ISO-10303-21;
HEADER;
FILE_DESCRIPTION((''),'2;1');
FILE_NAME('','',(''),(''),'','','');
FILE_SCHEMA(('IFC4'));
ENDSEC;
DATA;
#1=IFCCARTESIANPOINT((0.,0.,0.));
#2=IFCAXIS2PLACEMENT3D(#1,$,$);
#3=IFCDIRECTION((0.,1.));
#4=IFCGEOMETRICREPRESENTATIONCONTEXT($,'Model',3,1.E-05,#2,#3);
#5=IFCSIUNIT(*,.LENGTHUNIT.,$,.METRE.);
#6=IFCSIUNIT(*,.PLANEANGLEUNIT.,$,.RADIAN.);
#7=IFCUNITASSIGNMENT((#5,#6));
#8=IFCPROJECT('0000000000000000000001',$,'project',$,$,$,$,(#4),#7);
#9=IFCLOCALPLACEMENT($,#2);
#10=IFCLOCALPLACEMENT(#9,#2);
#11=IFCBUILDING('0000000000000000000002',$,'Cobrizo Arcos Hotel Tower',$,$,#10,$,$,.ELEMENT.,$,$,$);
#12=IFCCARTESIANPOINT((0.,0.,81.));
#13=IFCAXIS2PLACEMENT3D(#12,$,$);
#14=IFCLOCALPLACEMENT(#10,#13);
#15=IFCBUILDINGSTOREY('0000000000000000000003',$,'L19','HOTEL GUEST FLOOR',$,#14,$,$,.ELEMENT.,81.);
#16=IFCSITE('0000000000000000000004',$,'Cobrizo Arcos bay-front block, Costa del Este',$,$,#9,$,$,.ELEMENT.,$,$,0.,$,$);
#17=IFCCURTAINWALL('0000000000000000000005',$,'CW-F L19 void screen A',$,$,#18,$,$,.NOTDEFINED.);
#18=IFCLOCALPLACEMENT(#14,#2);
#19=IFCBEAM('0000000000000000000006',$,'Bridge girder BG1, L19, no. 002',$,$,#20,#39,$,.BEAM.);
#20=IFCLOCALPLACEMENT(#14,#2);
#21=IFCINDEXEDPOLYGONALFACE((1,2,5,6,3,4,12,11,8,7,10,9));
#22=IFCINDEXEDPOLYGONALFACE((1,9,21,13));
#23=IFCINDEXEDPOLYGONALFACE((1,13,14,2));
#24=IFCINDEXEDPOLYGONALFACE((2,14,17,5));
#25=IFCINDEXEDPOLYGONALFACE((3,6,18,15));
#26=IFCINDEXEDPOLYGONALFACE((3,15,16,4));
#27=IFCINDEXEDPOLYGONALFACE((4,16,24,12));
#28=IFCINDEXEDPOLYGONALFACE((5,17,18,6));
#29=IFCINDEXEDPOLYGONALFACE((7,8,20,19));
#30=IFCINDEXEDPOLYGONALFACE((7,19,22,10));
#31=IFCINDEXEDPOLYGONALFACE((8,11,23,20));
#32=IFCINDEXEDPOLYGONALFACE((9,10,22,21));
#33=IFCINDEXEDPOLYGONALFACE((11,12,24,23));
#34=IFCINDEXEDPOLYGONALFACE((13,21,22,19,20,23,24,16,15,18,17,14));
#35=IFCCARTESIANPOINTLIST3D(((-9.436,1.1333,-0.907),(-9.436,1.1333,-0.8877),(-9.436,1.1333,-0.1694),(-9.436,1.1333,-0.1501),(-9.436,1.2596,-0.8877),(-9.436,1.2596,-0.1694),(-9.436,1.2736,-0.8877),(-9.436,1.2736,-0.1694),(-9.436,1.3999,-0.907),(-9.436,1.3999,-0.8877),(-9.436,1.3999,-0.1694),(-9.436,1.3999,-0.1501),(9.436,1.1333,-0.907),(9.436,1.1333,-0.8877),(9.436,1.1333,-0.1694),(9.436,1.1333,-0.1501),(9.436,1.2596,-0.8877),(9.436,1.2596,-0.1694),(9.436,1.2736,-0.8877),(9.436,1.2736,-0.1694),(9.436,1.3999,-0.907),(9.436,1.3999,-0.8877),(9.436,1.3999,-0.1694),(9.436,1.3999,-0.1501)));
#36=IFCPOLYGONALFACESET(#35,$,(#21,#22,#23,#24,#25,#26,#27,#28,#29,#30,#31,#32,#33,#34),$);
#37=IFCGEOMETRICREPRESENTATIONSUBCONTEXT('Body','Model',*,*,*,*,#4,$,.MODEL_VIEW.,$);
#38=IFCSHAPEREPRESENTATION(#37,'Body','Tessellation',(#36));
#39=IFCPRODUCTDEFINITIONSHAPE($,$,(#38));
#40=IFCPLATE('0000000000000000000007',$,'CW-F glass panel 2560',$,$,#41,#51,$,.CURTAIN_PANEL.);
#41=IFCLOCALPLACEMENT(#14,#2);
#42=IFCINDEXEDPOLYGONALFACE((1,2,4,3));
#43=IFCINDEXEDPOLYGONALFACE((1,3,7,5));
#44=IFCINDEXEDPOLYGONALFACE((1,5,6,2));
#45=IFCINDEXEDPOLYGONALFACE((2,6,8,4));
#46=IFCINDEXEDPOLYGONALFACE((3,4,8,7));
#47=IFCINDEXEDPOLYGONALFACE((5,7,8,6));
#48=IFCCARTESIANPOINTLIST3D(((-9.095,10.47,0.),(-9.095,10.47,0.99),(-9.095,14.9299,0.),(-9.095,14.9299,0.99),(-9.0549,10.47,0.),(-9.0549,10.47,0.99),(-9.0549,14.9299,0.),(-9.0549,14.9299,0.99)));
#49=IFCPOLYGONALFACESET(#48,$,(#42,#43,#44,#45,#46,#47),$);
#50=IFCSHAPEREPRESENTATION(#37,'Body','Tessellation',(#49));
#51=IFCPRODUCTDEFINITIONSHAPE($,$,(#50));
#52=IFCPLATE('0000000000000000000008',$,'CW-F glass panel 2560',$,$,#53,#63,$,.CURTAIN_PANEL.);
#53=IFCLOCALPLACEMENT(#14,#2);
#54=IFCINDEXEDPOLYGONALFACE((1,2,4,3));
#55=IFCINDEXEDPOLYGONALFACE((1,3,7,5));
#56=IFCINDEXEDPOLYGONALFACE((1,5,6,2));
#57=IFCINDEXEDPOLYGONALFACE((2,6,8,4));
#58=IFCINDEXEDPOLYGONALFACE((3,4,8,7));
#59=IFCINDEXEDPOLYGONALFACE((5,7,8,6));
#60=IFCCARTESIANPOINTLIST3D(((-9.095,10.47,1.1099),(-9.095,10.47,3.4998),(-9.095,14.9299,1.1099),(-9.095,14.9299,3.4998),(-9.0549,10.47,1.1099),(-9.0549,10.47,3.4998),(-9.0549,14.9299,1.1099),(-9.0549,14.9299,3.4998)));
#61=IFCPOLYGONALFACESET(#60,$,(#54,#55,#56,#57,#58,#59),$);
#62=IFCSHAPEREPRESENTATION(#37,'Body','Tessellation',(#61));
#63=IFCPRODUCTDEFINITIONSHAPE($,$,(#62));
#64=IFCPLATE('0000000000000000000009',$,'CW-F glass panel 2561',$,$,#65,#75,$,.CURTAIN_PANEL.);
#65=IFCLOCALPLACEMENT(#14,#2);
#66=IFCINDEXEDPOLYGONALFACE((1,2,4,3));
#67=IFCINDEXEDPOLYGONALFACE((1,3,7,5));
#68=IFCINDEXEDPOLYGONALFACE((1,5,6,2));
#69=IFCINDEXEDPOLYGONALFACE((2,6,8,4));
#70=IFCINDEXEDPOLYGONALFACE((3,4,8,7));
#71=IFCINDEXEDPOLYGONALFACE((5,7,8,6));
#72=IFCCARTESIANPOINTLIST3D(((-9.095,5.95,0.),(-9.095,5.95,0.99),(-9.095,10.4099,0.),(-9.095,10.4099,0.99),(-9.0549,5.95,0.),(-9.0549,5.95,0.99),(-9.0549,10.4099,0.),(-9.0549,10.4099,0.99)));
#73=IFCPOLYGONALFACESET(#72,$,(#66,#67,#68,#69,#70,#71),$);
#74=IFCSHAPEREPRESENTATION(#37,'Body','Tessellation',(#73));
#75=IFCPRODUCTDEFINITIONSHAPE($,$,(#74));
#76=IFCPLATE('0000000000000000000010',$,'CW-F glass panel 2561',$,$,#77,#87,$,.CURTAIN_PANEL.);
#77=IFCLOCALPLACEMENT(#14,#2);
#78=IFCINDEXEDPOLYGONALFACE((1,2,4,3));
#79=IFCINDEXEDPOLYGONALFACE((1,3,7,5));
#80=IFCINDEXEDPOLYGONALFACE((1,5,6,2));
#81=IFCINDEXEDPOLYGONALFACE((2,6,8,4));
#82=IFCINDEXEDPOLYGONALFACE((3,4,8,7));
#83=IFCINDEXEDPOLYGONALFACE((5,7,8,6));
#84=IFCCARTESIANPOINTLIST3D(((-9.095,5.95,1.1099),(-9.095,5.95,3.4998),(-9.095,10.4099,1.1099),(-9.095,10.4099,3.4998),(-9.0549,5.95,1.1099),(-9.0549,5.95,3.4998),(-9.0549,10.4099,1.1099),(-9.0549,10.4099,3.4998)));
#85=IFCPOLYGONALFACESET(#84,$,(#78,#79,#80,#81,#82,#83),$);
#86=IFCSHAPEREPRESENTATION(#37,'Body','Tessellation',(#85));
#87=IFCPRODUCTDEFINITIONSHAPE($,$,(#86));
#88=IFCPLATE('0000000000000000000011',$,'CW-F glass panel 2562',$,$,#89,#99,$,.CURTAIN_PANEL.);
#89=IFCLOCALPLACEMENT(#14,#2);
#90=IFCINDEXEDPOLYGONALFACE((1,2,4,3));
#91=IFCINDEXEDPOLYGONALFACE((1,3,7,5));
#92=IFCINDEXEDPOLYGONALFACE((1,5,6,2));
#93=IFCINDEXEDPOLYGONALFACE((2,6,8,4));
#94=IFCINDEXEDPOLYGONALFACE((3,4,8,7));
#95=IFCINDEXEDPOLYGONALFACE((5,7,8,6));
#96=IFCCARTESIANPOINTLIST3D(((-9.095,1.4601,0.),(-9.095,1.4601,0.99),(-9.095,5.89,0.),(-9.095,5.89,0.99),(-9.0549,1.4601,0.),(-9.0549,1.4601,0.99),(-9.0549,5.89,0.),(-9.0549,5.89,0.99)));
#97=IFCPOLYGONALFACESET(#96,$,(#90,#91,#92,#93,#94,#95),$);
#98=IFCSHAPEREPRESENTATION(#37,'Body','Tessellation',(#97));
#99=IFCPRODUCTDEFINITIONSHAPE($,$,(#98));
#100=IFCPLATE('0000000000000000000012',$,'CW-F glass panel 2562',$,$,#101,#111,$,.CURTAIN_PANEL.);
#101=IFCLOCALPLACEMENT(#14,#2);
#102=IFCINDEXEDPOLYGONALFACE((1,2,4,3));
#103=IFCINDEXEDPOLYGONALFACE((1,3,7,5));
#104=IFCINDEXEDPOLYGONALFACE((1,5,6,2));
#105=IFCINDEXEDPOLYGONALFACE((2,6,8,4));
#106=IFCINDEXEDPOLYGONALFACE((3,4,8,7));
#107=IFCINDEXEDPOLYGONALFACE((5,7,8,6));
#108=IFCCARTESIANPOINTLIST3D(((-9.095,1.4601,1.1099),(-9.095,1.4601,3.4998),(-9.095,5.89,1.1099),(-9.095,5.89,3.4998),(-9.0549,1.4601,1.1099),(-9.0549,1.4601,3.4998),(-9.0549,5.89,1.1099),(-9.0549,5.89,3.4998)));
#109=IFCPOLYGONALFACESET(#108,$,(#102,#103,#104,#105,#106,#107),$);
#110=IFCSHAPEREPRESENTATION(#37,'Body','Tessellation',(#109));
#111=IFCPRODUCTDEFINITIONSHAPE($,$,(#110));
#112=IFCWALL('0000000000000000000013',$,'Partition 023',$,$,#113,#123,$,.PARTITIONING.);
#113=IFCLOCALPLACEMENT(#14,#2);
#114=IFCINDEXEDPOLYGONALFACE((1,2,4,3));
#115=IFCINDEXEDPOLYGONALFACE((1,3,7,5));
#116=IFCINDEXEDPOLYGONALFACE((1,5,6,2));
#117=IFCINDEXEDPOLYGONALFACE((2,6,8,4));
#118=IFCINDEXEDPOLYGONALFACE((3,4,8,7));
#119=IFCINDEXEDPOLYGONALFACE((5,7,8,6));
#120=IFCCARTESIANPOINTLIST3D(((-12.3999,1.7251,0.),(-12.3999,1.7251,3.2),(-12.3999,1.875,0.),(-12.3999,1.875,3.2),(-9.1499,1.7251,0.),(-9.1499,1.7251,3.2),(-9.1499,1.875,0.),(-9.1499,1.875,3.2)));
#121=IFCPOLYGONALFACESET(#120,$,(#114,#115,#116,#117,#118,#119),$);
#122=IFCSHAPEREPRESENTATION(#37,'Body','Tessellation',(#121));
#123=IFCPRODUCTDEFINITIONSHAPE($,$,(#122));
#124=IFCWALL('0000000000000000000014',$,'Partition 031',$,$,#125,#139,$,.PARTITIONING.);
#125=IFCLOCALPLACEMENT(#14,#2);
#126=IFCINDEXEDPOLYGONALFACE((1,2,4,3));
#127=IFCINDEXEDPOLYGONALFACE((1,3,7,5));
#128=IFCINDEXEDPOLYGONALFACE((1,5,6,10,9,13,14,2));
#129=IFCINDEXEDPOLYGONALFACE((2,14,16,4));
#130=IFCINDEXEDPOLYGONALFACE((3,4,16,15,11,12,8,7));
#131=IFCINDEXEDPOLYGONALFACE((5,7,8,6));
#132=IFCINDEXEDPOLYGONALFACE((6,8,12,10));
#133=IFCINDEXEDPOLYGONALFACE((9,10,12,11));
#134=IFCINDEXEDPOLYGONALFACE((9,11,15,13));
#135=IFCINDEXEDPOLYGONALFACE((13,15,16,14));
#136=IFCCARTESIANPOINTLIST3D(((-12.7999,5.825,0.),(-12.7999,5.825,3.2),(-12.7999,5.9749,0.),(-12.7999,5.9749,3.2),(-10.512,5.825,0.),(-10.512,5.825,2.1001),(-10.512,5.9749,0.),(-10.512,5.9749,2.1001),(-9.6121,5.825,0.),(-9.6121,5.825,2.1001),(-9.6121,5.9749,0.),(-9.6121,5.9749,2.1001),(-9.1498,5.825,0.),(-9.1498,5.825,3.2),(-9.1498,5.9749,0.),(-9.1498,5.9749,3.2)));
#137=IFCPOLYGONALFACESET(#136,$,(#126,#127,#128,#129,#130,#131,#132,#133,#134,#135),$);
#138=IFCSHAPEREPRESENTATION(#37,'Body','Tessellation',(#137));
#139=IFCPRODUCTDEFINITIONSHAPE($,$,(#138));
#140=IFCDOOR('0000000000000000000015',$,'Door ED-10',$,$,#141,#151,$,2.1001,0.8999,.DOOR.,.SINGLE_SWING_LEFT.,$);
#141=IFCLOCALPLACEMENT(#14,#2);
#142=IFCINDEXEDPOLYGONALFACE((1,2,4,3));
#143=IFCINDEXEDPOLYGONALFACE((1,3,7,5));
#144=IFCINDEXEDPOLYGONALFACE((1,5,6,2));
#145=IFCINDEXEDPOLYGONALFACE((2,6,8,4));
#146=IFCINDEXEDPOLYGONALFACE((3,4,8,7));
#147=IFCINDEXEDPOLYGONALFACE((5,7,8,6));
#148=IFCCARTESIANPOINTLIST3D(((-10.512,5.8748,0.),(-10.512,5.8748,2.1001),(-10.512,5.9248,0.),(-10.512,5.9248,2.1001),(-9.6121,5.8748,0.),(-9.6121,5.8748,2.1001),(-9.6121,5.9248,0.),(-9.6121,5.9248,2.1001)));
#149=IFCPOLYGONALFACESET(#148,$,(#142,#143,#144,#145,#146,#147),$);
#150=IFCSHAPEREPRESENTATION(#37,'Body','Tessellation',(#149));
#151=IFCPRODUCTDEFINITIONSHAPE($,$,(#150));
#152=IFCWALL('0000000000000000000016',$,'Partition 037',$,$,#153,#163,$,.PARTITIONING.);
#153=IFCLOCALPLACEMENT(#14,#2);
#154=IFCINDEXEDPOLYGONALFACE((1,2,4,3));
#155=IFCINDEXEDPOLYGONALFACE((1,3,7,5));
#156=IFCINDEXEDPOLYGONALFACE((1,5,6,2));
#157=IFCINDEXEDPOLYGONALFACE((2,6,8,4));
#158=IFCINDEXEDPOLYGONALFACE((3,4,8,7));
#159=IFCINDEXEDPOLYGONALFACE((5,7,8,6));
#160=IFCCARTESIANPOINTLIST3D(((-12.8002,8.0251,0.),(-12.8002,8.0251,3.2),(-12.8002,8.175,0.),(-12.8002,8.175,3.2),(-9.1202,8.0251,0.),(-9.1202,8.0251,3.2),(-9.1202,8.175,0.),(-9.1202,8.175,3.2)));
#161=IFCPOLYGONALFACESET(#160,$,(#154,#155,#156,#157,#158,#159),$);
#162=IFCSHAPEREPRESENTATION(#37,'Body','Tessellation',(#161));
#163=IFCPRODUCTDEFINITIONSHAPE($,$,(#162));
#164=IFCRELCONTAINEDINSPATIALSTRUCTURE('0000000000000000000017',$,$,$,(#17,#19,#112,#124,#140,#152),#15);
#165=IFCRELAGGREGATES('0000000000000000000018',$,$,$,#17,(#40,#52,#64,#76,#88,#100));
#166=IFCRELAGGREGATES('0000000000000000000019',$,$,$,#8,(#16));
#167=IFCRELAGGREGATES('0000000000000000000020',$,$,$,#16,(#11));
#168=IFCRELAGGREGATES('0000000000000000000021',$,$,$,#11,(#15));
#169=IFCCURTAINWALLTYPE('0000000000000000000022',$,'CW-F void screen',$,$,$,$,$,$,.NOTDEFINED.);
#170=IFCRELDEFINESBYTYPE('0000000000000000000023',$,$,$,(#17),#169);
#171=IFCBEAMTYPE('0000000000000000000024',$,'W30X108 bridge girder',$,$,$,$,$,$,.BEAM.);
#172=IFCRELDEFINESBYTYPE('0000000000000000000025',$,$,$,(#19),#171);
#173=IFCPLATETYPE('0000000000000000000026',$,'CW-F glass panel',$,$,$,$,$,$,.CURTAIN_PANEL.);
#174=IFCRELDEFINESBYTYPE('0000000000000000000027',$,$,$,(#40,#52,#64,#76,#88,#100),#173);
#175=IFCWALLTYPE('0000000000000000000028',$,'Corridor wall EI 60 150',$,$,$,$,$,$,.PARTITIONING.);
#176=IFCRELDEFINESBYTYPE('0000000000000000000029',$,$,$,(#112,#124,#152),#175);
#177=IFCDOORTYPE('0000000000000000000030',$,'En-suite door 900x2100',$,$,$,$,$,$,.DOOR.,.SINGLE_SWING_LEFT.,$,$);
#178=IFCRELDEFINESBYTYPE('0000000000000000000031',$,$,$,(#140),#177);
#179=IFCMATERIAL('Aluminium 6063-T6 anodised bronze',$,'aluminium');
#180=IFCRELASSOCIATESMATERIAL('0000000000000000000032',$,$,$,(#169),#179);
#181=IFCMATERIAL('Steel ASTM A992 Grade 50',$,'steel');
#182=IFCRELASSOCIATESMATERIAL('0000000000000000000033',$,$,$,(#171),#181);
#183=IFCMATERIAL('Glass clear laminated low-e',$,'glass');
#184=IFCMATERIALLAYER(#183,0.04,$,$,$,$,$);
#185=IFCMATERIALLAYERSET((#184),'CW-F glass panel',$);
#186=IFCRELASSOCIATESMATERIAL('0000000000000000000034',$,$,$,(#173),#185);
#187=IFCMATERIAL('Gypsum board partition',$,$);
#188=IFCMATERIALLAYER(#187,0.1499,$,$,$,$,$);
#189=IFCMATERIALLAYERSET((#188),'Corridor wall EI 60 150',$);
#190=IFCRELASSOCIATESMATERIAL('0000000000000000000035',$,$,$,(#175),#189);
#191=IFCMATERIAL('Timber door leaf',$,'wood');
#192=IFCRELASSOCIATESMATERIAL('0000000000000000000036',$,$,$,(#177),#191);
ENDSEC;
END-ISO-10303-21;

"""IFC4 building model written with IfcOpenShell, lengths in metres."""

from ifc_helpers import new_model, si_unit, direction, frame, frame_2d, origin, origin_2d, place, context, subcontext, project, spatial, rectangle, i_section, extrude, material, layer, layer_set, material_profile, profile_set, type_object, element, fill, aggregate, save


model = new_model("IFC4")

# Units and contexts
model_context = context("Model", 3, precision=1e-05, world=origin(), true_north=direction((0.0, 1.0)))
body_context = subcontext(model_context, "Body", "Model", "MODEL_VIEW")
ifc_project = project(units=[si_unit("LENGTHUNIT", "METRE"), si_unit("PLANEANGLEUNIT", "RADIAN")], contexts=[model_context])

# Site, building, storey
site_placement = place(None, origin())
site = spatial("IfcSite", under=ifc_project, at=site_placement, Name="Cobrizo Arcos bay-front block, Costa del Este", CompositionType="ELEMENT", RefElevation=0.0)
building_placement = place(site_placement, origin())
building = spatial("IfcBuilding", under=site, at=building_placement, Name="Cobrizo Arcos Hotel Tower", CompositionType="ELEMENT")
storey_placement = place(building_placement, frame((0.0, 0.0, 81.0)))
storey = spatial("IfcBuildingStorey", under=building, at=storey_placement, Name="L19", Description="HOTEL GUEST FLOOR", CompositionType="ELEMENT", Elevation=81.0)

# Shared definitions
ifc_material_1 = material(Name="Steel ASTM A992 Grade 50", Category="steel")

# Curtain wall
ifc_material_2 = material(Name="Aluminium 6063-T6 anodised bronze", Category="aluminium")
curtain_wall_type = type_object("IfcCurtainWallType", Name="CW-F void screen", PredefinedType="NOTDEFINED", material=ifc_material_2)
curtain_wall_placement = place(storey_placement, origin())
curtain_wall = element("IfcCurtainWall", 1, at=curtain_wall_placement, inside=storey, type_object=curtain_wall_type, Name="CW-F L19 void screen A", PredefinedType="NOTDEFINED")

# Beam
ifc_material_profile_1 = material_profile(ifc_material_1, i_section(OverallWidth=0.2666, OverallDepth=0.7568, WebThickness=0.0139, FlangeThickness=0.0193, at=origin_2d()), Name="W30X108")
ifc_profile_set_1 = profile_set([ifc_material_profile_1], Name="Steel ASTM A992 Grade 50")
beam_type_1 = type_object("IfcBeamType", Name="W30X108 bridge girder", PredefinedType="BEAM", material=ifc_profile_set_1)
beam_1_placement = place(storey_placement, frame((-9.436, 1.2666, -0.5286), z_axis=(1.0, 0.0, 0.0), x_axis=(0.0, 1.0, 0.0)))
element("IfcBeam", 2, at=beam_1_placement, inside=storey, type_object=beam_type_1, Name="Bridge girder BG1, L19, no. 002", PredefinedType="BEAM", context=body_context, shape_type="SweptSolid", body=[
    extrude(i_section(OverallWidth=0.2666, OverallDepth=0.7568, WebThickness=0.0139, FlangeThickness=0.0193, at=origin_2d()), origin(), (0.0, 0.0, 1.0), 18.8721),
])

# Plates
ifc_material_3 = material(Name="Glass clear laminated low-e", Category="glass")
ifc_layer_1 = layer(ifc_material_3, 0.04)
ifc_layer_set_1 = layer_set([ifc_layer_1], Name="CW-F glass panel")
plate_type = type_object("IfcPlateType", Name="CW-F glass panel", PredefinedType="CURTAIN_PANEL", material=ifc_layer_set_1)
plate_1_placement = place(storey_placement, frame((-9.075, 12.7, 0.0), z_axis=(0.0, 0.0, 1.0), x_axis=(0.0, -1.0, 0.0)))
plate_1 = element("IfcPlate", 3, at=plate_1_placement, type_object=plate_type, Name="CW-F glass panel 2560", PredefinedType="CURTAIN_PANEL", context=body_context, shape_type="SweptSolid", body=[
    extrude(rectangle(XDim=4.46, YDim=0.04, at=origin_2d()), origin(), (0.0, 0.0, 1.0), 0.99),
])
plate_2_placement = place(storey_placement, frame((-9.075, 12.7, 1.1099), z_axis=(0.0, 0.0, 1.0), x_axis=(0.0, -1.0, 0.0)))
plate_2 = element("IfcPlate", 4, at=plate_2_placement, type_object=plate_type, Name="CW-F glass panel 2560", PredefinedType="CURTAIN_PANEL", context=body_context, shape_type="SweptSolid", body=[
    extrude(rectangle(XDim=4.46, YDim=0.04, at=origin_2d()), origin(), (0.0, 0.0, 1.0), 2.3899),
])
plate_3_placement = place(storey_placement, frame((-9.075, 8.1799, 0.0), z_axis=(0.0, 0.0, 1.0), x_axis=(0.0, -1.0, 0.0)))
plate_3 = element("IfcPlate", 5, at=plate_3_placement, type_object=plate_type, Name="CW-F glass panel 2561", PredefinedType="CURTAIN_PANEL", context=body_context, shape_type="SweptSolid", body=[
    extrude(rectangle(XDim=4.46, YDim=0.04, at=origin_2d()), origin(), (0.0, 0.0, 1.0), 0.99),
])
plate_4_placement = place(storey_placement, frame((-9.075, 8.1799, 1.1099), z_axis=(0.0, 0.0, 1.0), x_axis=(0.0, -1.0, 0.0)))
plate_4 = element("IfcPlate", 6, at=plate_4_placement, type_object=plate_type, Name="CW-F glass panel 2561", PredefinedType="CURTAIN_PANEL", context=body_context, shape_type="SweptSolid", body=[
    extrude(rectangle(XDim=4.46, YDim=0.04, at=origin_2d()), origin(), (0.0, 0.0, 1.0), 2.3899),
])
plate_5_placement = place(storey_placement, frame((-9.075, 3.675, 0.0), z_axis=(0.0, 0.0, 1.0), x_axis=(0.0, -1.0, 0.0)))
plate_5 = element("IfcPlate", 7, at=plate_5_placement, type_object=plate_type, Name="CW-F glass panel 2562", PredefinedType="CURTAIN_PANEL", context=body_context, shape_type="SweptSolid", body=[
    extrude(rectangle(XDim=4.4299, YDim=0.04, at=origin_2d()), origin(), (0.0, 0.0, 1.0), 0.99),
])
plate_6_placement = place(storey_placement, frame((-9.075, 3.675, 1.1099), z_axis=(0.0, 0.0, 1.0), x_axis=(0.0, -1.0, 0.0)))
plate_6 = element("IfcPlate", 8, at=plate_6_placement, type_object=plate_type, Name="CW-F glass panel 2562", PredefinedType="CURTAIN_PANEL", context=body_context, shape_type="SweptSolid", body=[
    extrude(rectangle(XDim=4.4299, YDim=0.04, at=origin_2d()), origin(), (0.0, 0.0, 1.0), 2.3899),
])
aggregate(curtain_wall, [plate_1, plate_2, plate_3, plate_4, plate_5, plate_6])

# Wall
ifc_material_4 = material(Name="Gypsum board partition")
ifc_layer_2 = layer(ifc_material_4, 0.1499)
ifc_layer_set_2 = layer_set([ifc_layer_2], Name="Corridor wall EI 60 150")
wall_type_1 = type_object("IfcWallType", Name="Corridor wall EI 60 150", PredefinedType="PARTITIONING", material=ifc_layer_set_2)
wall_1_placement = place(storey_placement, frame((-12.3999, 1.8, 0.0), z_axis=(0.0, 0.0, 1.0), x_axis=(1.0, 0.0, 0.0)))
element("IfcWall", 9, at=wall_1_placement, inside=storey, type_object=wall_type_1, Name="Partition 023", PredefinedType="PARTITIONING", context=body_context, shape_type="SweptSolid", body=[
    extrude(rectangle(XDim=3.25, YDim=0.1499, at=frame_2d((1.625, 0.0))), origin(), (0.0, 0.0, 1.0), 3.2),
])

# Wall, opening, door
wall_2_placement = place(storey_placement, frame((-12.8, 5.8999, 0.0), z_axis=(0.0, 0.0, 1.0), x_axis=(1.0, 0.0, 0.0)))
wall_2 = element("IfcWall", 10, at=wall_2_placement, inside=storey, type_object=wall_type_1, Name="Partition 031", PredefinedType="PARTITIONING", context=body_context, shape_type="SweptSolid", body=[
    extrude(rectangle(XDim=3.6501, YDim=0.1499, at=frame_2d((1.8252, 0.0))), origin(), (0.0, 0.0, 1.0), 3.2),
])
opening_1_placement = place(wall_2_placement, frame((2.2881, 0.0, 0.0)))
opening_1 = element("IfcOpeningElement", 11, at=opening_1_placement, cuts=wall_2, PredefinedType="OPENING", context=body_context, shape_type="SweptSolid", body=[
    extrude(rectangle(XDim=0.8999, YDim=2.1001, at=frame_2d((0.45, 1.05))), frame((0.0, 0.0869, 0.0), z_axis=(0.0, -1.0, 0.0), x_axis=(1.0, 0.0, 0.0)), (0.0, 0.0, 1.0), 0.1738),
])
ifc_material_5 = material(Name="Timber door leaf", Category="wood")
door_type_1 = type_object("IfcDoorType", Name="En-suite door 900x2100", OperationType="SINGLE_SWING_LEFT", PredefinedType="DOOR", material=ifc_material_5)
door_1_placement = place(opening_1_placement, origin())
door_1 = element("IfcDoor", 12, at=door_1_placement, inside=storey, type_object=door_type_1, Name="Door ED-10", OperationType="SINGLE_SWING_LEFT", OverallHeight=2.1001, OverallWidth=0.8999, PredefinedType="DOOR", context=body_context, shape_type="SweptSolid", body=[
    extrude(rectangle(XDim=0.8999, YDim=2.1001, at=frame_2d((0.45, 1.05))), frame((0.0, 0.0249, 0.0), z_axis=(0.0, -1.0, 0.0), x_axis=(1.0, 0.0, 0.0)), (0.0, 0.0, 1.0), 0.05),
])
fill(opening_1, door_1)

# Wall
wall_3_placement = place(storey_placement, frame((-12.8, 8.1001, 0.0), z_axis=(0.0, 0.0, 1.0), x_axis=(1.0, 0.0, 0.0)))
element("IfcWall", 13, at=wall_3_placement, inside=storey, type_object=wall_type_1, Name="Partition 037", PredefinedType="PARTITIONING", context=body_context, shape_type="SweptSolid", body=[
    extrude(rectangle(XDim=3.6799, YDim=0.1499, at=frame_2d((1.8398, 0.0))), origin(), (0.0, 0.0, 1.0), 3.2),
])

save(model, "model.ifc")
